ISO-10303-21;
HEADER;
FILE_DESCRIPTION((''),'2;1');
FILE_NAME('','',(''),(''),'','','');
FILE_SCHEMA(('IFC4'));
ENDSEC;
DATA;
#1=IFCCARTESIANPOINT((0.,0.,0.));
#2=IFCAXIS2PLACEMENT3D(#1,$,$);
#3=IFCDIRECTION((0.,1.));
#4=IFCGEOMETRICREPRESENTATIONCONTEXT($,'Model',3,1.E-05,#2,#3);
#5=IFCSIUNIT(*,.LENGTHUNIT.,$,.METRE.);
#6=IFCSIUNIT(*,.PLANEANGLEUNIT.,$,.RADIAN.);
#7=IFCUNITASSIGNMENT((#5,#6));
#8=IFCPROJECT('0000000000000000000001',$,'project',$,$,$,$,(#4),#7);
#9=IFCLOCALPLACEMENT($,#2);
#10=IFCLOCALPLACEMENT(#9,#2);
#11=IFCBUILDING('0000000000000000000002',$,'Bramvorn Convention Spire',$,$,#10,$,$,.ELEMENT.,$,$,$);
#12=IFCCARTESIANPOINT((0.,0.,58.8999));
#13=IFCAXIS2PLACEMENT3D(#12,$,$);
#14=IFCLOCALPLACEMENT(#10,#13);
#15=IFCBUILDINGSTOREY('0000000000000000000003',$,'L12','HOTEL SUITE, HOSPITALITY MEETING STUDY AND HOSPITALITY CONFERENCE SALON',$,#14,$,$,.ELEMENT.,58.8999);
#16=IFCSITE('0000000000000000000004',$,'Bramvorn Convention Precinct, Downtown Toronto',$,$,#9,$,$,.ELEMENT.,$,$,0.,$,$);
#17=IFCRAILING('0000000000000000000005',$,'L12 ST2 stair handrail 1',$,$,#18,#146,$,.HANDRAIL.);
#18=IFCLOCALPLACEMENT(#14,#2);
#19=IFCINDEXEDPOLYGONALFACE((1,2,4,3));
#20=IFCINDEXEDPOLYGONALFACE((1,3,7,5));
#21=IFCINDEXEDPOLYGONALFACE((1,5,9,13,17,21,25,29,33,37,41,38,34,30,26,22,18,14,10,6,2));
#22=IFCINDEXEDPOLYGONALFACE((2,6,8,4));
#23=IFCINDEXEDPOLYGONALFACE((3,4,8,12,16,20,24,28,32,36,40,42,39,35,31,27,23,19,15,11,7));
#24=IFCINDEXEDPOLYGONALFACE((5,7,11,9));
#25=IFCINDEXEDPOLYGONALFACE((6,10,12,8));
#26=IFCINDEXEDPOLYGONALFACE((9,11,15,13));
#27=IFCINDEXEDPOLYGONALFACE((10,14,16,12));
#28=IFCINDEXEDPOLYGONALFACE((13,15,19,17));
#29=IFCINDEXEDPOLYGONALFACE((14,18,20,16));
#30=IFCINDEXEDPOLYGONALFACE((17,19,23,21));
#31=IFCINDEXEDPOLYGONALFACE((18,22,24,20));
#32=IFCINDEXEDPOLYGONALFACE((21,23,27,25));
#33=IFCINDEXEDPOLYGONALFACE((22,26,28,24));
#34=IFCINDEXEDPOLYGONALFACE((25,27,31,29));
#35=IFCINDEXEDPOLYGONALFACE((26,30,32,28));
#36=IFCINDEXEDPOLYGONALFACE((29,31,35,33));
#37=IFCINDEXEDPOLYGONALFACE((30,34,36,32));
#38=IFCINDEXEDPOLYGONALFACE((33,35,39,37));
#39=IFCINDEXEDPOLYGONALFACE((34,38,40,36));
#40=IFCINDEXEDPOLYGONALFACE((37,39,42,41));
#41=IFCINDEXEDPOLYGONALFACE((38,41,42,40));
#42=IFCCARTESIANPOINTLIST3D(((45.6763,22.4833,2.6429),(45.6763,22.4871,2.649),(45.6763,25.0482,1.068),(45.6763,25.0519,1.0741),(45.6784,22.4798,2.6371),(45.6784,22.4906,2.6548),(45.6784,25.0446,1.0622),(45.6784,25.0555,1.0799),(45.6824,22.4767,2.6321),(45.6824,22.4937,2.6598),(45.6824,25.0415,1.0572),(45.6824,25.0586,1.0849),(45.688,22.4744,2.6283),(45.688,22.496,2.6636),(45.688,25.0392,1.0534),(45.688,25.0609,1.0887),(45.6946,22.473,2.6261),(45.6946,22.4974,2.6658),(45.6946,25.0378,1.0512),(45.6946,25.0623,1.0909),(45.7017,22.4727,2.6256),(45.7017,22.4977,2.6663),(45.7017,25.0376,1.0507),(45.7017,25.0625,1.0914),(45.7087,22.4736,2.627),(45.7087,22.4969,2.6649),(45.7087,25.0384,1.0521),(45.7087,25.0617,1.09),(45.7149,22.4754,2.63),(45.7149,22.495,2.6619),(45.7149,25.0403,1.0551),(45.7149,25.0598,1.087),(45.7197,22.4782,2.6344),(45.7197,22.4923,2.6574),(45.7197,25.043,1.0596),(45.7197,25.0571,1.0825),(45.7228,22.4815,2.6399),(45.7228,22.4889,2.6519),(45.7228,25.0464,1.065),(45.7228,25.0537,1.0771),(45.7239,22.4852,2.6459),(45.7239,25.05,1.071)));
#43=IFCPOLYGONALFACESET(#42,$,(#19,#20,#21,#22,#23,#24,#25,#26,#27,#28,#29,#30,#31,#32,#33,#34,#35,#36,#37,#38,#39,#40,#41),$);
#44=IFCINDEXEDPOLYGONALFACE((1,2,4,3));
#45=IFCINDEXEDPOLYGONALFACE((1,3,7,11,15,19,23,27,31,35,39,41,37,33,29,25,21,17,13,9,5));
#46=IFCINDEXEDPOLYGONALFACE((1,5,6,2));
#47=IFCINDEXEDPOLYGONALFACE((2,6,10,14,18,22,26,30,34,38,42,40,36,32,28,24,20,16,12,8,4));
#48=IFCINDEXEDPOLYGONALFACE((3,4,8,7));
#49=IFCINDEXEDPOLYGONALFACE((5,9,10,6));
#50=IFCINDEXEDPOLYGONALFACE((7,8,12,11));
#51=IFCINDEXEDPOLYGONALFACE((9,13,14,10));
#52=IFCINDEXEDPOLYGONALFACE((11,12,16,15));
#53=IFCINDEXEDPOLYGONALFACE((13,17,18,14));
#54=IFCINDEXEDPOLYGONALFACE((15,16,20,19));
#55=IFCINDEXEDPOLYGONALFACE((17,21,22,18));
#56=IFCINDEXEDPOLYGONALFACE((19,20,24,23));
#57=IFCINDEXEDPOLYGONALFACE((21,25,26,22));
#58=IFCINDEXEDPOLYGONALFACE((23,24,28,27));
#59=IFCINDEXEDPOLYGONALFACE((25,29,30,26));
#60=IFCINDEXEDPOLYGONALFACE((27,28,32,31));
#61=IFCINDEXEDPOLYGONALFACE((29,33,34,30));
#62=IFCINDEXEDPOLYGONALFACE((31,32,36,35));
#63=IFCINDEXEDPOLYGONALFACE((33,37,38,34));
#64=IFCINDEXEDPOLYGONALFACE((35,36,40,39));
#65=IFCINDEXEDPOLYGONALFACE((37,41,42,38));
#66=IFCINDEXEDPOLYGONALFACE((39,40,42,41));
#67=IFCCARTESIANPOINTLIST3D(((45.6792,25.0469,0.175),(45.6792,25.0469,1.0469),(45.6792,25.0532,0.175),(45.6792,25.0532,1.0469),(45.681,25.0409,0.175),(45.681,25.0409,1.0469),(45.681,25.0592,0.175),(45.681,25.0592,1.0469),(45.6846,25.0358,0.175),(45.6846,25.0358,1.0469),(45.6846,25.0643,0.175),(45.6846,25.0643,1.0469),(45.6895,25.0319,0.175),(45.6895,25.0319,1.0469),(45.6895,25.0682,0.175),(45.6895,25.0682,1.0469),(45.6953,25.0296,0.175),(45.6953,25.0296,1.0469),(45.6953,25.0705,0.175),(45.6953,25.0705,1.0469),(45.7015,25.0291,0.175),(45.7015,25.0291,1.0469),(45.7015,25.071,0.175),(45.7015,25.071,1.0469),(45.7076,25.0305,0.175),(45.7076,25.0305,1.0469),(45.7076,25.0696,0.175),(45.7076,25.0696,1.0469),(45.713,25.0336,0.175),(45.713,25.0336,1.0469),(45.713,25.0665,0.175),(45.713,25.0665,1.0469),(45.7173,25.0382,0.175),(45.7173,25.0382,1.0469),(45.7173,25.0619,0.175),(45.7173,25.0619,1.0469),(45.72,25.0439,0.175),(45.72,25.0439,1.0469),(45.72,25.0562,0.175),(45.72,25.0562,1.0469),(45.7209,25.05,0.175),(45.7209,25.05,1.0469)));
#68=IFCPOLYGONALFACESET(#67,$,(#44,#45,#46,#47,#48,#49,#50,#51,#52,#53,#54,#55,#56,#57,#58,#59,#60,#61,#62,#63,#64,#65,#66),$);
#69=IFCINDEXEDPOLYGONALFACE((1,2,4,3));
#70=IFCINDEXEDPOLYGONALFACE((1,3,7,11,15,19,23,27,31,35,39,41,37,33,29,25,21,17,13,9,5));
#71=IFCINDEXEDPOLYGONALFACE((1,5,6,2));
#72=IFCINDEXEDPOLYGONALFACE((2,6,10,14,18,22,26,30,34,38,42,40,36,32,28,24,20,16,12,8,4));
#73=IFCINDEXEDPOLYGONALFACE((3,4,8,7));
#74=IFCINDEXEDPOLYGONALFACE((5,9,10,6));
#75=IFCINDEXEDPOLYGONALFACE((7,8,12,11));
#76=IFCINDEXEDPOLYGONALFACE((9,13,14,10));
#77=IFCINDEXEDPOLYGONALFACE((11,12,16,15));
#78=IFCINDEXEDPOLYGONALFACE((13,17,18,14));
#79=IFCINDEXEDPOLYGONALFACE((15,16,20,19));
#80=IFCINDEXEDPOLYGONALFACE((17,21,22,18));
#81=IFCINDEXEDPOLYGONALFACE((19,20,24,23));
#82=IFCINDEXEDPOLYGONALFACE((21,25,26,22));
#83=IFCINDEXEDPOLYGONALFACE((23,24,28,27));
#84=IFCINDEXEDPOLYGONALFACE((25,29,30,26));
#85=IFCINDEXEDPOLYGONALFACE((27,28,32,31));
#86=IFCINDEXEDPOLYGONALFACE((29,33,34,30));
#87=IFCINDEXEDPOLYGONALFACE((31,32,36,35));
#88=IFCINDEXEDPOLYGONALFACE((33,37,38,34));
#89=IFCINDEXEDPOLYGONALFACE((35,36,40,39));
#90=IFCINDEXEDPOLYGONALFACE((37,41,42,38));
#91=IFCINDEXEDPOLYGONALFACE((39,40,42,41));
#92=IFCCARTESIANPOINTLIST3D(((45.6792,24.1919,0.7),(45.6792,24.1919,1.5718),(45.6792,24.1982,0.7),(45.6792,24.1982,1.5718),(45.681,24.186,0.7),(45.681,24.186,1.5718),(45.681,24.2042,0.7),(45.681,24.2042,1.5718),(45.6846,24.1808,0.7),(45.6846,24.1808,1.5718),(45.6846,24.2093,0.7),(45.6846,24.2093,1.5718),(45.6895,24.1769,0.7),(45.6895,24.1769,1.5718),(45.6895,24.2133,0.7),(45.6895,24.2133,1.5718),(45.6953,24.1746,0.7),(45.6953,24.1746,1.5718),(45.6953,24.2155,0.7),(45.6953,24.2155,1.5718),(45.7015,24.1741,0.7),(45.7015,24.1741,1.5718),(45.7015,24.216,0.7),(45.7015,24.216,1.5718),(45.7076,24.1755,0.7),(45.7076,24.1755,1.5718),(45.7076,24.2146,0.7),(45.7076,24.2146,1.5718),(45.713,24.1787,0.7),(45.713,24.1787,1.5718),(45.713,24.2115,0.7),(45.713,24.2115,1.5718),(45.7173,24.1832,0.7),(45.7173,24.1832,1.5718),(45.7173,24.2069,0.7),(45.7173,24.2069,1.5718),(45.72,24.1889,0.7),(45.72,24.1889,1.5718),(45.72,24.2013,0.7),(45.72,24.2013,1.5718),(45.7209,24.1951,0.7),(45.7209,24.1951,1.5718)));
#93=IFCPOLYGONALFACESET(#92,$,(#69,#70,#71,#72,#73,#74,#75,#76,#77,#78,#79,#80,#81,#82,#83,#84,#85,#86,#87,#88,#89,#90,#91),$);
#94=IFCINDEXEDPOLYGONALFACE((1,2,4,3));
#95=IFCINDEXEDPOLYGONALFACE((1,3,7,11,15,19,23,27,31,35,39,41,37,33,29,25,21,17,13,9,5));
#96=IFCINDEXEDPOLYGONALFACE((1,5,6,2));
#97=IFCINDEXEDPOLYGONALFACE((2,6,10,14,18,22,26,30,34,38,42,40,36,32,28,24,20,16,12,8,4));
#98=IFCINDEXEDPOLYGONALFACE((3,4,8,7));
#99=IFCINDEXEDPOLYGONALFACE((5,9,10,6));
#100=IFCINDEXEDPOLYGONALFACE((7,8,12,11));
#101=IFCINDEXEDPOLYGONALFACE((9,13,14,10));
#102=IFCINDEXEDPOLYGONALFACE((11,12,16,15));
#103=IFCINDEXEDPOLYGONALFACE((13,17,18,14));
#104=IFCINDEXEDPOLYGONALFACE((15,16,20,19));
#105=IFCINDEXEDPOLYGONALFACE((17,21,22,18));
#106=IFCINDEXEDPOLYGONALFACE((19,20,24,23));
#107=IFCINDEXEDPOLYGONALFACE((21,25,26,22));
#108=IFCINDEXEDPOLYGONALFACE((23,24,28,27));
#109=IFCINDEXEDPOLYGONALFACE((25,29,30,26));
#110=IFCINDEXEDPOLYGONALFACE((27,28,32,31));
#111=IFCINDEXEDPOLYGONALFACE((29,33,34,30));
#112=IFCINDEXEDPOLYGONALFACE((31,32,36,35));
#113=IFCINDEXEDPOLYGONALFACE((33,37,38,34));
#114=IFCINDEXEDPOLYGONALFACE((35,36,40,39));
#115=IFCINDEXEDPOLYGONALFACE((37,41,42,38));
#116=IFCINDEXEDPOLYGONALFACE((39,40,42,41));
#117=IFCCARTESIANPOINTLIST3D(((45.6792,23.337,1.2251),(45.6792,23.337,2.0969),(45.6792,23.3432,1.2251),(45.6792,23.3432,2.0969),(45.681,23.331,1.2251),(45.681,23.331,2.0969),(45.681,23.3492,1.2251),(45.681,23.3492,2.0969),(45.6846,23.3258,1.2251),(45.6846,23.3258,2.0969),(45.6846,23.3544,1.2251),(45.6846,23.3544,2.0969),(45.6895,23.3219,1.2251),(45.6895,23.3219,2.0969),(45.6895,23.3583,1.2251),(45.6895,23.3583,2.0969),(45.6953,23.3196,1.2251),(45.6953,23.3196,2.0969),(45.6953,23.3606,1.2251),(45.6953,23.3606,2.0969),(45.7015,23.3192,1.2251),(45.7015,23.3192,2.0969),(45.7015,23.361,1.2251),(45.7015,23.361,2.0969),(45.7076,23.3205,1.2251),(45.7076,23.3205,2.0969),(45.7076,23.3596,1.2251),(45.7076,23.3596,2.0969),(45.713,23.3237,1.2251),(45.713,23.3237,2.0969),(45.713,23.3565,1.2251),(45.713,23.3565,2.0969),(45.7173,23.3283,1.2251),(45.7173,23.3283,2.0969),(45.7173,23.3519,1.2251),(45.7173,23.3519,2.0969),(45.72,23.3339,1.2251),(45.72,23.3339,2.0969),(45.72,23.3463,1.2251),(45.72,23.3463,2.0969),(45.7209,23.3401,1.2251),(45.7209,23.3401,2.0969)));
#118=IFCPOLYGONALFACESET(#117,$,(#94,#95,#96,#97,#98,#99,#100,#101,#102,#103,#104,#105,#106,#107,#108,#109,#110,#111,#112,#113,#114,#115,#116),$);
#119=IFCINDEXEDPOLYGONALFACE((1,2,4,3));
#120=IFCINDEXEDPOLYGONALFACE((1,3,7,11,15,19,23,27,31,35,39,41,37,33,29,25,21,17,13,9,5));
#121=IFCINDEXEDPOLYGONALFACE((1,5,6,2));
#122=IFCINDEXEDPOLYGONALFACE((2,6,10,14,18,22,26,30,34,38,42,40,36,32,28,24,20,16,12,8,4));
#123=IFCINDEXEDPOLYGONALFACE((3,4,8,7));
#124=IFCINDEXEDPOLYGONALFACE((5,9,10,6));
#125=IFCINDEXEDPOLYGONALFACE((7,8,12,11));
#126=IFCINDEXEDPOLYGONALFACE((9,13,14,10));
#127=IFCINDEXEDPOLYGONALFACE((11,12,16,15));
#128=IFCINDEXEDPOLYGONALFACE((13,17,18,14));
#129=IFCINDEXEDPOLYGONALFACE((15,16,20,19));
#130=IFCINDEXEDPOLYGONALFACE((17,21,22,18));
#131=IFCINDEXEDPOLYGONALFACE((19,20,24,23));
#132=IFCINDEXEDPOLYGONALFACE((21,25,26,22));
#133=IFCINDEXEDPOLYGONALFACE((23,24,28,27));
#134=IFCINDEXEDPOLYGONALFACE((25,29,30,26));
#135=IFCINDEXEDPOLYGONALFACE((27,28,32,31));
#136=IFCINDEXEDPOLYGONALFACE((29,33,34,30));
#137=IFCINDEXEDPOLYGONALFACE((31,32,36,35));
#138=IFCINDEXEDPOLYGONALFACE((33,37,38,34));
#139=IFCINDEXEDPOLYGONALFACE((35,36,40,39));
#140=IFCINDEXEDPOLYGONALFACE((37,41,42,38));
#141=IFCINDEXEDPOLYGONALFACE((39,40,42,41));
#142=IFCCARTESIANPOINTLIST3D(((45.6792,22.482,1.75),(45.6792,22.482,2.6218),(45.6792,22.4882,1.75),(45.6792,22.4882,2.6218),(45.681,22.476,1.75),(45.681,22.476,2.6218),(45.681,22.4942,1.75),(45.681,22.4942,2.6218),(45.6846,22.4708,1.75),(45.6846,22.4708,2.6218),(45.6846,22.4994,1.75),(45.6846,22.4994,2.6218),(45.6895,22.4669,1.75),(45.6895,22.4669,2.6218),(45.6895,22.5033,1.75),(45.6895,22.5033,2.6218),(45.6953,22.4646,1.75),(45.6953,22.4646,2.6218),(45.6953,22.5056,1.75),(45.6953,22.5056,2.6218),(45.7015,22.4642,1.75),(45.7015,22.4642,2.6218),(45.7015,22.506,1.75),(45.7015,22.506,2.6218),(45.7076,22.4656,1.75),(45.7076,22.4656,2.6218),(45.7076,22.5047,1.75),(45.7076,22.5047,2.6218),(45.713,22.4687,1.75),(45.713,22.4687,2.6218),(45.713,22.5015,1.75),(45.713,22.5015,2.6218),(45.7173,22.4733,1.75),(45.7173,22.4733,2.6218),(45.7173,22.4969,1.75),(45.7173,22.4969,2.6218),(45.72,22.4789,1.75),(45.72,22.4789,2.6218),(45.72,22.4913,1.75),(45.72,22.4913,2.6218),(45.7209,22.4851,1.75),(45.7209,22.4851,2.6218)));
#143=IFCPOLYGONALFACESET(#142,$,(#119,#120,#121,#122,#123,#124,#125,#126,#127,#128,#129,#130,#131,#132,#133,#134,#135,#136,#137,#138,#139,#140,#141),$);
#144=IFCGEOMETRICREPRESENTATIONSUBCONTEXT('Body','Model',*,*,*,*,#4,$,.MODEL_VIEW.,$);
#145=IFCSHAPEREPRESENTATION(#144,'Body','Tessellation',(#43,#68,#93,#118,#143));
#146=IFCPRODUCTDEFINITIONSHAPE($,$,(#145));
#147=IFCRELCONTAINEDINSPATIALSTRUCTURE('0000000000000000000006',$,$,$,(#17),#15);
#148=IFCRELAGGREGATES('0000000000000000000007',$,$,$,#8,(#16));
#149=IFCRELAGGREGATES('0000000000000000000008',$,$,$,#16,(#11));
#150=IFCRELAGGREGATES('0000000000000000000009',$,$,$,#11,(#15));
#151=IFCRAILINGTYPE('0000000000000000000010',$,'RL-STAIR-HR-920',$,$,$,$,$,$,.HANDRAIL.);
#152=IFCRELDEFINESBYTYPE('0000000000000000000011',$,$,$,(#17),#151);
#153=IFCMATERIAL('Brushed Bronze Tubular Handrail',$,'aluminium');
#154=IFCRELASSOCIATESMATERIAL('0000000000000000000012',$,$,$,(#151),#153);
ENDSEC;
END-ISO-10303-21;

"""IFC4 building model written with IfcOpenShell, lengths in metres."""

from ifc_helpers import new_model, si_unit, direction, frame, origin, origin_2d, place, context, subcontext, project, spatial, circle, extrude, material, type_object, element, save


model = new_model("IFC4")

# Units and contexts
model_context = context("Model", 3, precision=1e-05, world=origin(), true_north=direction((0.0, 1.0)))
body_context = subcontext(model_context, "Body", "Model", "MODEL_VIEW")
ifc_project = project(units=[si_unit("LENGTHUNIT", "METRE"), si_unit("PLANEANGLEUNIT", "RADIAN")], contexts=[model_context])

# Site, building, storey
site_placement = place(None, origin())
site = spatial("IfcSite", under=ifc_project, at=site_placement, Name="Bramvorn Convention Precinct, Downtown Toronto", CompositionType="ELEMENT", RefElevation=0.0)
building_placement = place(site_placement, origin())
building = spatial("IfcBuilding", under=site, at=building_placement, Name="Bramvorn Convention Spire", CompositionType="ELEMENT")
storey_placement = place(building_placement, frame((0.0, 0.0, 58.8999)))
storey = spatial("IfcBuildingStorey", under=building, at=storey_placement, Name="L12", Description="HOTEL SUITE, HOSPITALITY MEETING STUDY AND HOSPITALITY CONFERENCE SALON", CompositionType="ELEMENT", Elevation=58.8999)

# Railing
ifc_material_1 = material(Name="Brushed Bronze Tubular Handrail", Category="aluminium")
railing_type_1 = type_object("IfcRailingType", Name="RL-STAIR-HR-920", PredefinedType="HANDRAIL", material=ifc_material_1)
railing_1_placement = place(storey_placement, frame((45.7, 25.05, 0.175)))
element("IfcRailing", 1, at=railing_1_placement, inside=storey, type_object=railing_type_1, Name="L12 ST2 stair handrail 1", PredefinedType="HANDRAIL", context=body_context, shape_type="SweptSolid", body=[
    extrude(circle(Radius=0.0239, at=origin_2d()), frame((0.0, 0.0, 0.896), z_axis=(0.0, -0.852173, 0.52326), x_axis=(1.0, 0.0, 0.0)), (0.0, 0.0, 1.0), 3.0098),
    extrude(circle(Radius=0.021, at=origin_2d()), origin(), (0.0, 0.0, 1.0), 0.8718),
    extrude(circle(Radius=0.021, at=origin_2d()), frame((0.0, -0.855, 0.5249)), (0.0, 0.0, 1.0), 0.8718),
    extrude(circle(Radius=0.021, at=origin_2d()), frame((0.0, -1.71, 1.05)), (0.0, 0.0, 1.0), 0.8718),
    extrude(circle(Radius=0.021, at=origin_2d()), frame((0.0, -2.5649, 1.575)), (0.0, 0.0, 1.0), 0.8718),
])

save(model, "model.ifc")
